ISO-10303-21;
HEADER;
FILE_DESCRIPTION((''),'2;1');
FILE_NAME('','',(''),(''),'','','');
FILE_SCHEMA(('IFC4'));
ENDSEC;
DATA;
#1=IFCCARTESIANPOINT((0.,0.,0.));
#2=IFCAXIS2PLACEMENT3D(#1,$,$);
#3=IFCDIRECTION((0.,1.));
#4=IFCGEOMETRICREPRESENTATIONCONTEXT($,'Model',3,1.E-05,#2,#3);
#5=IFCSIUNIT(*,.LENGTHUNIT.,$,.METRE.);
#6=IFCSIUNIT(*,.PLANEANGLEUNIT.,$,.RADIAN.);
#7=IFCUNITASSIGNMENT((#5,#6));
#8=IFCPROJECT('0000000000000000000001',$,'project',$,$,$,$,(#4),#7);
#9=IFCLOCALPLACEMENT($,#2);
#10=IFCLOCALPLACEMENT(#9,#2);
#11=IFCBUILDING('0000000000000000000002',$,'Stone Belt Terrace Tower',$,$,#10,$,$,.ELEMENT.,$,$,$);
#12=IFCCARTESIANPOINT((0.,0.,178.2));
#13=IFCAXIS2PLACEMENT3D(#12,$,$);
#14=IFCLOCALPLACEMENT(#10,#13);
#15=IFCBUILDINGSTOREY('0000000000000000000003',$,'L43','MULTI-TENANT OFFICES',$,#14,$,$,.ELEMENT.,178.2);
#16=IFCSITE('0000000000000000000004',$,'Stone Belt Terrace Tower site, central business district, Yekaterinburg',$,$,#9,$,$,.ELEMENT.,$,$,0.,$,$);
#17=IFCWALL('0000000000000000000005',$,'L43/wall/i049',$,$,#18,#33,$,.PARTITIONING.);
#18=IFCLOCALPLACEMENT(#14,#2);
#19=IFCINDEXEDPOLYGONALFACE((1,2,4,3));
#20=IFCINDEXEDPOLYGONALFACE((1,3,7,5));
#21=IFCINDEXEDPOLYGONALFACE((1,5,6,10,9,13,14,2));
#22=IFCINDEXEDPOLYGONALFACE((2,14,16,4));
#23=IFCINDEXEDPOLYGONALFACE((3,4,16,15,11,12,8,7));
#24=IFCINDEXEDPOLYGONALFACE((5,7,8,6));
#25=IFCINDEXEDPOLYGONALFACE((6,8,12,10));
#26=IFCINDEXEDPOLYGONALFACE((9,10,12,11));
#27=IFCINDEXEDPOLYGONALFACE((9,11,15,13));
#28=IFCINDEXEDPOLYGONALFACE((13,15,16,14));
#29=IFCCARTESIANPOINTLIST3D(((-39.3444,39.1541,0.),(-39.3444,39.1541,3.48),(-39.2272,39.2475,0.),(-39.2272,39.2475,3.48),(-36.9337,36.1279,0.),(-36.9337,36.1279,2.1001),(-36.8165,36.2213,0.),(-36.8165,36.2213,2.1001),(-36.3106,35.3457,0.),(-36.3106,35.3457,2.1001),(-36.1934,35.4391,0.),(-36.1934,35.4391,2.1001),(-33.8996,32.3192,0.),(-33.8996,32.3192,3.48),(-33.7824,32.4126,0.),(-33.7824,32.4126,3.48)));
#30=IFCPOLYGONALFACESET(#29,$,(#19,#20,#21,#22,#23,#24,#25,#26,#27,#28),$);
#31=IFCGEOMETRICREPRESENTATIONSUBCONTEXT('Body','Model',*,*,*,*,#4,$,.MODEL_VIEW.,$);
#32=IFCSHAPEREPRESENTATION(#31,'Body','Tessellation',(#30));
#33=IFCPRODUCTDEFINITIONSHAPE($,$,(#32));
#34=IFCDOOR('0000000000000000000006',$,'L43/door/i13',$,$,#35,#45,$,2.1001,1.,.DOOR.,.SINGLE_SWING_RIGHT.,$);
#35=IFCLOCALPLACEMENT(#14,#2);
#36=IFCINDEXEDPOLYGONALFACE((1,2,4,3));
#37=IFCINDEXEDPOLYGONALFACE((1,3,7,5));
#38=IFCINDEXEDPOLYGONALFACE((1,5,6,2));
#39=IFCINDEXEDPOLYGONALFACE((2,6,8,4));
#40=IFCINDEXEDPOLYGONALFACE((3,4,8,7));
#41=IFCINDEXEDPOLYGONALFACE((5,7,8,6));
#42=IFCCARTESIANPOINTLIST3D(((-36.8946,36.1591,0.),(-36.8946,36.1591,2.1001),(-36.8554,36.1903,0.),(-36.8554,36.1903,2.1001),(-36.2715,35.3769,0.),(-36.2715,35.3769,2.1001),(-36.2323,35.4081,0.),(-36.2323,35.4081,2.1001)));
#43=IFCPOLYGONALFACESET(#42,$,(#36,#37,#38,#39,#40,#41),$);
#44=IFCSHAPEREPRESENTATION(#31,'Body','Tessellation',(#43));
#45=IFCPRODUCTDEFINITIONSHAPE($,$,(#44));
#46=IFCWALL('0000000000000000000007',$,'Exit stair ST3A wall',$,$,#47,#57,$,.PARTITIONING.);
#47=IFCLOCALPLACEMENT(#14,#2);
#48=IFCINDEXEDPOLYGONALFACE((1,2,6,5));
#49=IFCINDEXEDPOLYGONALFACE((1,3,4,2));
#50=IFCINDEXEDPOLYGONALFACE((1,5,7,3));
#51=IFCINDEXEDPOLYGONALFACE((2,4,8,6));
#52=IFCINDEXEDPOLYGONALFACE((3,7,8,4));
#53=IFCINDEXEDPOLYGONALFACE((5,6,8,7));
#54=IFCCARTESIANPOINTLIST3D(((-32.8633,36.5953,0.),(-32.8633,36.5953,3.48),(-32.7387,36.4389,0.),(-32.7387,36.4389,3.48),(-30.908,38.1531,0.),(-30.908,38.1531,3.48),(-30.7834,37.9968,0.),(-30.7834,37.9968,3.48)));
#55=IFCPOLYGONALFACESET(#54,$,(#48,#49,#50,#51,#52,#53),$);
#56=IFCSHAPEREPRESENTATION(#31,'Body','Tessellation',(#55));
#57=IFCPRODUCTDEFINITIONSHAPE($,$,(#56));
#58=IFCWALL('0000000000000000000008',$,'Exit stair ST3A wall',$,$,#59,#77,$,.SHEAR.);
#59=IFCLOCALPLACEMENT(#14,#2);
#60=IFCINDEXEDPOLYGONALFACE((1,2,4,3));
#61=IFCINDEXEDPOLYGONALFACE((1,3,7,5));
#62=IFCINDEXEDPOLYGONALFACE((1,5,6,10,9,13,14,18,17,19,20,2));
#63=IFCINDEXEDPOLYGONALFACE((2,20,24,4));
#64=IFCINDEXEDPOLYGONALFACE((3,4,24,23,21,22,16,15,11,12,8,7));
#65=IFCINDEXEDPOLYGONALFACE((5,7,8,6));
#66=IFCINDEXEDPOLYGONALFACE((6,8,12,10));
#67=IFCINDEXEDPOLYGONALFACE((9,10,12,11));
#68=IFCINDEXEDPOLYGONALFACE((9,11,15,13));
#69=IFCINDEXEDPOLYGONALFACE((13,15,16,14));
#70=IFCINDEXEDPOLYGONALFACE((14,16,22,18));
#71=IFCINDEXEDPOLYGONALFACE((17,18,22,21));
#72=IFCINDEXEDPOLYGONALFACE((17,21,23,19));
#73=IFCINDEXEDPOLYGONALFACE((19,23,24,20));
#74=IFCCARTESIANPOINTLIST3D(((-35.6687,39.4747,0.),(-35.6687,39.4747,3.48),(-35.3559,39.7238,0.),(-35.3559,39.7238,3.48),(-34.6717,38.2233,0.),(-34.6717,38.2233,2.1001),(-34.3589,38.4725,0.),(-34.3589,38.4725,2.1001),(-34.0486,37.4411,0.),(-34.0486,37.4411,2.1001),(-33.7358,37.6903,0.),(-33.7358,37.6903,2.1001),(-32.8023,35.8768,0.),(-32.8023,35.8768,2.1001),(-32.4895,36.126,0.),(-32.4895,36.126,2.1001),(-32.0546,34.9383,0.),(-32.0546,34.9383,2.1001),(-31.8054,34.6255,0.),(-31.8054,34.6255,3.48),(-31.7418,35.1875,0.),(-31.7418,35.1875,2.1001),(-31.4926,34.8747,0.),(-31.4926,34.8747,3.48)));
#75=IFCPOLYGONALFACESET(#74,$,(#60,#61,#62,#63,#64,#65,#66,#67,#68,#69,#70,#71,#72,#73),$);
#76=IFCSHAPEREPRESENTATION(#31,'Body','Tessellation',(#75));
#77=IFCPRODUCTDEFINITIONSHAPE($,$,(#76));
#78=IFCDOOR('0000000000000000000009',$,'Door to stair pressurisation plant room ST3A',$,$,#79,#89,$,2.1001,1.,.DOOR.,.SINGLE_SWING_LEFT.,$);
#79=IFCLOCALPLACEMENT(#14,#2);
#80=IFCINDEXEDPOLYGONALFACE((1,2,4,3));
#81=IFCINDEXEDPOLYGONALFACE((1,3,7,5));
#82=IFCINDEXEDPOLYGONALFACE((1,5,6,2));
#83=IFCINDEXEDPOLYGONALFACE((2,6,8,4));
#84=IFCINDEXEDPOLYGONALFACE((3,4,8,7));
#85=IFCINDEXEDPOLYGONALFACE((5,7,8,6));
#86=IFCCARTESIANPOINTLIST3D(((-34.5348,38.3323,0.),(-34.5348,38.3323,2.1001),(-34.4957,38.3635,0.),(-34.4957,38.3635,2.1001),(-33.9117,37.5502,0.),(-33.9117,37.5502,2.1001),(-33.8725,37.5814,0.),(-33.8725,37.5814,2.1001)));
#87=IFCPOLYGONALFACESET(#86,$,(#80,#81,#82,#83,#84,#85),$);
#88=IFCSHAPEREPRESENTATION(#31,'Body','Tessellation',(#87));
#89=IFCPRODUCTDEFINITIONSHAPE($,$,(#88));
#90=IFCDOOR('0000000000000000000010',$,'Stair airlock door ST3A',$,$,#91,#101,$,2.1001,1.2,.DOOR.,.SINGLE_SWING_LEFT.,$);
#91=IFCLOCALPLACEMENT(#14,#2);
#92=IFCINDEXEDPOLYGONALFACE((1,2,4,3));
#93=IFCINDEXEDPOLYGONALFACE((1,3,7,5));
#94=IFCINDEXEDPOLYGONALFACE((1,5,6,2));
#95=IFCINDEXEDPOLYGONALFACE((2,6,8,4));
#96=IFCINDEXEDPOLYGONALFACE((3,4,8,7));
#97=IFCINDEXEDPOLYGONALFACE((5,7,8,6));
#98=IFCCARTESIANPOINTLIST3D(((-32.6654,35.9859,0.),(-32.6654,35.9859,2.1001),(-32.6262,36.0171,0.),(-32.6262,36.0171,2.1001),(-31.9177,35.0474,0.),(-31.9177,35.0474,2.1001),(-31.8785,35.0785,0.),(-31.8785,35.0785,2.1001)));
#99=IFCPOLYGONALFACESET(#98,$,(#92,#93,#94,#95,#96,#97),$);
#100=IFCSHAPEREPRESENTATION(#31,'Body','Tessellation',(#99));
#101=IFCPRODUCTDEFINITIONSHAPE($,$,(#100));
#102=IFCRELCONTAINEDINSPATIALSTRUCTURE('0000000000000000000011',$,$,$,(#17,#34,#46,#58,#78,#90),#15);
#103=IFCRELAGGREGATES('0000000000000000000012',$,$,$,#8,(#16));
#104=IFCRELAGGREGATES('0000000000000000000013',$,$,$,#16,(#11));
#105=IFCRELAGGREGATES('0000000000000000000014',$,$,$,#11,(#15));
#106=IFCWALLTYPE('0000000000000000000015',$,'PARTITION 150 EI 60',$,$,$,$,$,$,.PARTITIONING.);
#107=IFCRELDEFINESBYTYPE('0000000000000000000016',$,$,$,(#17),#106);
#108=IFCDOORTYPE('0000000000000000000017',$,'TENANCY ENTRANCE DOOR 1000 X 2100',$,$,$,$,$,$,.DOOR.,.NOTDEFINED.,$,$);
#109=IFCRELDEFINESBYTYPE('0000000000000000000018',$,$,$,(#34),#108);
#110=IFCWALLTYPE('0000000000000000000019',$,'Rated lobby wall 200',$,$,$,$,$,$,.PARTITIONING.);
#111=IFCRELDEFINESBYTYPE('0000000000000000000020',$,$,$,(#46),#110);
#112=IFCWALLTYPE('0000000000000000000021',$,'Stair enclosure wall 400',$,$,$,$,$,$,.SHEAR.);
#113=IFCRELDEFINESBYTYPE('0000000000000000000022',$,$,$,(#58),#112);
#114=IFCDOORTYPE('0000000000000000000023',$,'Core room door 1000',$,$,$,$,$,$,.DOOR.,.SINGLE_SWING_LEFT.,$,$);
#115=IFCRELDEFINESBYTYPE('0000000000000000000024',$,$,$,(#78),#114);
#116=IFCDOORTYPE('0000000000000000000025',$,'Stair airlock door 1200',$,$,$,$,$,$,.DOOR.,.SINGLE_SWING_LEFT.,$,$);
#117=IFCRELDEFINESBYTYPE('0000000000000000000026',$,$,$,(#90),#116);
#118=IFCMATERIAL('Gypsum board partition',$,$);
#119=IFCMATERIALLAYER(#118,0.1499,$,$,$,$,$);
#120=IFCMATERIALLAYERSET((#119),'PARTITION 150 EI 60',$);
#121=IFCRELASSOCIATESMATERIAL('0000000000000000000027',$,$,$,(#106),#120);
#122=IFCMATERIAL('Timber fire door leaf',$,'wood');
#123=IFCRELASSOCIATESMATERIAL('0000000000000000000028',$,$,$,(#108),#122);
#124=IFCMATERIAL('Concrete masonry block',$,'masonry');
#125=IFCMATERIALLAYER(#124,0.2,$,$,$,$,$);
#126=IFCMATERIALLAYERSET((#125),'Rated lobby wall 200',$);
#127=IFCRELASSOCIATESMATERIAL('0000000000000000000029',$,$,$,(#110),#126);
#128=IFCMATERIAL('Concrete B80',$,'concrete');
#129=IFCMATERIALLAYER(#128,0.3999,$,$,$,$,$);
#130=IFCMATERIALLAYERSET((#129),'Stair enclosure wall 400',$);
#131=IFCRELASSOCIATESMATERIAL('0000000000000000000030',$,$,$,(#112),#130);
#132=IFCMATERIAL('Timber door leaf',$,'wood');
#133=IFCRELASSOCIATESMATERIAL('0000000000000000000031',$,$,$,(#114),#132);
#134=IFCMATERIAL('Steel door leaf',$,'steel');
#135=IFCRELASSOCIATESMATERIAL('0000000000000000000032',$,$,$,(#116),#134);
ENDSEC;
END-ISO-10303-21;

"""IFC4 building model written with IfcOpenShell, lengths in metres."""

from ifc_helpers import new_model, si_unit, direction, frame, frame_2d, origin, place, context, subcontext, project, spatial, rectangle, extrude, material, layer, layer_set, type_object, element, fill, save


model = new_model("IFC4")

# Units and contexts
model_context = context("Model", 3, precision=1e-05, world=origin(), true_north=direction((0.0, 1.0)))
body_context = subcontext(model_context, "Body", "Model", "MODEL_VIEW")
ifc_project = project(units=[si_unit("LENGTHUNIT", "METRE"), si_unit("PLANEANGLEUNIT", "RADIAN")], contexts=[model_context])

# Site, building, storey
site_placement = place(None, origin())
site = spatial("IfcSite", under=ifc_project, at=site_placement, Name="Stone Belt Terrace Tower site, central business district, Yekaterinburg", CompositionType="ELEMENT", RefElevation=0.0)
building_placement = place(site_placement, origin())
building = spatial("IfcBuilding", under=site, at=building_placement, Name="Stone Belt Terrace Tower", CompositionType="ELEMENT")
storey_placement = place(building_placement, frame((0.0, 0.0, 178.2)))
storey = spatial("IfcBuildingStorey", under=building, at=storey_placement, Name="L43", Description="MULTI-TENANT OFFICES", CompositionType="ELEMENT", Elevation=178.2)

# Shared definitions
ifc_material_1 = material(Name="Concrete B80", Category="concrete")

# Shared definitions
ifc_material_2 = material(Name="Gypsum board partition")
ifc_layer_1 = layer(ifc_material_2, 0.1499)
ifc_layer_set_1 = layer_set([ifc_layer_1], Name="PARTITION 150 EI 60")
wall_type_1 = type_object("IfcWallType", Name="PARTITION 150 EI 60", PredefinedType="PARTITIONING", material=ifc_layer_set_1)
ifc_material_3 = material(Name="Timber door leaf", Category="wood")

# Wall, opening, door
wall_1_placement = place(storey_placement, frame((-33.8411, 32.366, 0.0), z_axis=(0.0, 0.0, 1.0), x_axis=(-0.623079, 0.782159, 0.0)))
wall_1 = element("IfcWall", 1, at=wall_1_placement, inside=storey, type_object=wall_type_1, Name="L43/wall/i049", PredefinedType="PARTITIONING", context=body_context, shape_type="SweptSolid", body=[
    extrude(rectangle(XDim=8.7385, YDim=0.1499, at=frame_2d((4.3691, 0.0))), origin(), (0.0, 0.0, 1.0), 3.48),
])
opening_1_placement = place(wall_1_placement, frame((3.8694, 0.0, 0.0)))
opening_1 = element("IfcOpeningElement", 2, at=opening_1_placement, cuts=wall_1, PredefinedType="OPENING", context=body_context, shape_type="SweptSolid", body=[
    extrude(rectangle(XDim=1.0, YDim=2.1001, at=frame_2d((0.5, 1.05))), frame((0.0, 0.085, 0.0), z_axis=(0.0, -1.0, 0.0), x_axis=(1.0, 0.0, 0.0)), (0.0, 0.0, 1.0), 0.1699),
])
ifc_material_4 = material(Name="Timber fire door leaf", Category="wood")
door_type_1 = type_object("IfcDoorType", Name="TENANCY ENTRANCE DOOR 1000 X 2100", OperationType="NOTDEFINED", PredefinedType="DOOR", material=ifc_material_4)
door_1_placement = place(opening_1_placement, origin())
door_1 = element("IfcDoor", 3, at=door_1_placement, inside=storey, type_object=door_type_1, Name="L43/door/i13", OperationType="SINGLE_SWING_RIGHT", OverallHeight=2.1001, OverallWidth=1.0, PredefinedType="DOOR", context=body_context, shape_type="SweptSolid", body=[
    extrude(rectangle(XDim=1.0, YDim=2.1001, at=frame_2d((0.5, 1.05))), frame((0.0, 0.0249, 0.0), z_axis=(0.0, -1.0, 0.0), x_axis=(1.0, 0.0, 0.0)), (0.0, 0.0, 1.0), 0.05),
])
fill(opening_1, door_1)

# Wall
ifc_material_5 = material(Name="Concrete masonry block", Category="masonry")
ifc_layer_2 = layer(ifc_material_5, 0.2)
ifc_layer_set_2 = layer_set([ifc_layer_2], Name="Rated lobby wall 200")
wall_type_2 = type_object("IfcWallType", Name="Rated lobby wall 200", PredefinedType="PARTITIONING", material=ifc_layer_set_2)
wall_2_placement = place(storey_placement, frame((-30.8457, 38.075, 0.0), z_axis=(0.0, 0.0, 1.0), x_axis=(-0.782115, -0.623134, 0.0)))
element("IfcWall", 4, at=wall_2_placement, inside=storey, type_object=wall_type_2, Name="Exit stair ST3A wall", PredefinedType="PARTITIONING", context=body_context, shape_type="SweptSolid", body=[
    extrude(rectangle(XDim=2.5, YDim=0.2, at=frame_2d((1.25, 0.0))), origin(), (0.0, 0.0, 1.0), 3.48),
])

# Wall, openings, doors
ifc_layer_3 = layer(ifc_material_1, 0.3999)
ifc_layer_set_3 = layer_set([ifc_layer_3], Name="Stair enclosure wall 400")
wall_type_3 = type_object("IfcWallType", Name="Stair enclosure wall 400", PredefinedType="SHEAR", material=ifc_layer_set_3)
wall_3_placement = place(storey_placement, frame((-31.6489, 34.75, 0.0), z_axis=(0.0, 0.0, 1.0), x_axis=(-0.623119, 0.782127, 0.0)))
wall_3 = element("IfcWall", 5, at=wall_3_placement, inside=storey, type_object=wall_type_3, Name="Exit stair ST3A wall", PredefinedType="SHEAR", context=body_context, shape_type="SweptSolid", body=[
    extrude(rectangle(XDim=6.2, YDim=0.3999, at=frame_2d((3.1001, 0.0))), origin(), (0.0, 0.0, 1.0), 3.48),
])
opening_2_placement = place(wall_3_placement, frame((0.3999, 0.0, 0.0)))
opening_2 = element("IfcOpeningElement", 6, at=opening_2_placement, cuts=wall_3, PredefinedType="OPENING", context=body_context, shape_type="SweptSolid", body=[
    extrude(rectangle(XDim=1.2, YDim=2.1001, at=frame_2d((0.6001, 1.05))), frame((0.0, 0.21, 0.0), z_axis=(0.0, -1.0, 0.0), x_axis=(1.0, 0.0, 0.0)), (0.0, 0.0, 1.0), 0.4199),
])
opening_3_placement = place(wall_3_placement, frame((3.6001, 0.0, 0.0)))
opening_3 = element("IfcOpeningElement", 7, at=opening_3_placement, cuts=wall_3, PredefinedType="OPENING", context=body_context, shape_type="SweptSolid", body=[
    extrude(rectangle(XDim=1.0, YDim=2.1001, at=frame_2d((0.5, 1.05))), frame((0.0, 0.21, 0.0), z_axis=(0.0, -1.0, 0.0), x_axis=(1.0, 0.0, 0.0)), (0.0, 0.0, 1.0), 0.4199),
])
door_type_2 = type_object("IfcDoorType", Name="Core room door 1000", OperationType="SINGLE_SWING_LEFT", PredefinedType="DOOR", material=ifc_material_3)
door_2_placement = place(opening_3_placement, origin())
door_2 = element("IfcDoor", 8, at=door_2_placement, inside=storey, type_object=door_type_2, Name="Door to stair pressurisation plant room ST3A", OperationType="SINGLE_SWING_LEFT", OverallHeight=2.1001, OverallWidth=1.0, PredefinedType="DOOR", context=body_context, shape_type="SweptSolid", body=[
    extrude(rectangle(XDim=1.0, YDim=2.1001, at=frame_2d((0.5, 1.05))), frame((0.0, 0.0249, 0.0), z_axis=(0.0, -1.0, 0.0), x_axis=(1.0, 0.0, 0.0)), (0.0, 0.0, 1.0), 0.05),
])
fill(opening_3, door_2)
ifc_material_6 = material(Name="Steel door leaf", Category="steel")
door_type_3 = type_object("IfcDoorType", Name="Stair airlock door 1200", OperationType="SINGLE_SWING_LEFT", PredefinedType="DOOR", material=ifc_material_6)
door_3_placement = place(opening_2_placement, origin())
door_3 = element("IfcDoor", 9, at=door_3_placement, inside=storey, type_object=door_type_3, Name="Stair airlock door ST3A", OperationType="SINGLE_SWING_LEFT", OverallHeight=2.1001, OverallWidth=1.2, PredefinedType="DOOR", context=body_context, shape_type="SweptSolid", body=[
    extrude(rectangle(XDim=1.2, YDim=2.1001, at=frame_2d((0.6001, 1.05))), frame((0.0, 0.0249, 0.0), z_axis=(0.0, -1.0, 0.0), x_axis=(1.0, 0.0, 0.0)), (0.0, 0.0, 1.0), 0.05),
])
fill(opening_2, door_3)

save(model, "model.ifc")
